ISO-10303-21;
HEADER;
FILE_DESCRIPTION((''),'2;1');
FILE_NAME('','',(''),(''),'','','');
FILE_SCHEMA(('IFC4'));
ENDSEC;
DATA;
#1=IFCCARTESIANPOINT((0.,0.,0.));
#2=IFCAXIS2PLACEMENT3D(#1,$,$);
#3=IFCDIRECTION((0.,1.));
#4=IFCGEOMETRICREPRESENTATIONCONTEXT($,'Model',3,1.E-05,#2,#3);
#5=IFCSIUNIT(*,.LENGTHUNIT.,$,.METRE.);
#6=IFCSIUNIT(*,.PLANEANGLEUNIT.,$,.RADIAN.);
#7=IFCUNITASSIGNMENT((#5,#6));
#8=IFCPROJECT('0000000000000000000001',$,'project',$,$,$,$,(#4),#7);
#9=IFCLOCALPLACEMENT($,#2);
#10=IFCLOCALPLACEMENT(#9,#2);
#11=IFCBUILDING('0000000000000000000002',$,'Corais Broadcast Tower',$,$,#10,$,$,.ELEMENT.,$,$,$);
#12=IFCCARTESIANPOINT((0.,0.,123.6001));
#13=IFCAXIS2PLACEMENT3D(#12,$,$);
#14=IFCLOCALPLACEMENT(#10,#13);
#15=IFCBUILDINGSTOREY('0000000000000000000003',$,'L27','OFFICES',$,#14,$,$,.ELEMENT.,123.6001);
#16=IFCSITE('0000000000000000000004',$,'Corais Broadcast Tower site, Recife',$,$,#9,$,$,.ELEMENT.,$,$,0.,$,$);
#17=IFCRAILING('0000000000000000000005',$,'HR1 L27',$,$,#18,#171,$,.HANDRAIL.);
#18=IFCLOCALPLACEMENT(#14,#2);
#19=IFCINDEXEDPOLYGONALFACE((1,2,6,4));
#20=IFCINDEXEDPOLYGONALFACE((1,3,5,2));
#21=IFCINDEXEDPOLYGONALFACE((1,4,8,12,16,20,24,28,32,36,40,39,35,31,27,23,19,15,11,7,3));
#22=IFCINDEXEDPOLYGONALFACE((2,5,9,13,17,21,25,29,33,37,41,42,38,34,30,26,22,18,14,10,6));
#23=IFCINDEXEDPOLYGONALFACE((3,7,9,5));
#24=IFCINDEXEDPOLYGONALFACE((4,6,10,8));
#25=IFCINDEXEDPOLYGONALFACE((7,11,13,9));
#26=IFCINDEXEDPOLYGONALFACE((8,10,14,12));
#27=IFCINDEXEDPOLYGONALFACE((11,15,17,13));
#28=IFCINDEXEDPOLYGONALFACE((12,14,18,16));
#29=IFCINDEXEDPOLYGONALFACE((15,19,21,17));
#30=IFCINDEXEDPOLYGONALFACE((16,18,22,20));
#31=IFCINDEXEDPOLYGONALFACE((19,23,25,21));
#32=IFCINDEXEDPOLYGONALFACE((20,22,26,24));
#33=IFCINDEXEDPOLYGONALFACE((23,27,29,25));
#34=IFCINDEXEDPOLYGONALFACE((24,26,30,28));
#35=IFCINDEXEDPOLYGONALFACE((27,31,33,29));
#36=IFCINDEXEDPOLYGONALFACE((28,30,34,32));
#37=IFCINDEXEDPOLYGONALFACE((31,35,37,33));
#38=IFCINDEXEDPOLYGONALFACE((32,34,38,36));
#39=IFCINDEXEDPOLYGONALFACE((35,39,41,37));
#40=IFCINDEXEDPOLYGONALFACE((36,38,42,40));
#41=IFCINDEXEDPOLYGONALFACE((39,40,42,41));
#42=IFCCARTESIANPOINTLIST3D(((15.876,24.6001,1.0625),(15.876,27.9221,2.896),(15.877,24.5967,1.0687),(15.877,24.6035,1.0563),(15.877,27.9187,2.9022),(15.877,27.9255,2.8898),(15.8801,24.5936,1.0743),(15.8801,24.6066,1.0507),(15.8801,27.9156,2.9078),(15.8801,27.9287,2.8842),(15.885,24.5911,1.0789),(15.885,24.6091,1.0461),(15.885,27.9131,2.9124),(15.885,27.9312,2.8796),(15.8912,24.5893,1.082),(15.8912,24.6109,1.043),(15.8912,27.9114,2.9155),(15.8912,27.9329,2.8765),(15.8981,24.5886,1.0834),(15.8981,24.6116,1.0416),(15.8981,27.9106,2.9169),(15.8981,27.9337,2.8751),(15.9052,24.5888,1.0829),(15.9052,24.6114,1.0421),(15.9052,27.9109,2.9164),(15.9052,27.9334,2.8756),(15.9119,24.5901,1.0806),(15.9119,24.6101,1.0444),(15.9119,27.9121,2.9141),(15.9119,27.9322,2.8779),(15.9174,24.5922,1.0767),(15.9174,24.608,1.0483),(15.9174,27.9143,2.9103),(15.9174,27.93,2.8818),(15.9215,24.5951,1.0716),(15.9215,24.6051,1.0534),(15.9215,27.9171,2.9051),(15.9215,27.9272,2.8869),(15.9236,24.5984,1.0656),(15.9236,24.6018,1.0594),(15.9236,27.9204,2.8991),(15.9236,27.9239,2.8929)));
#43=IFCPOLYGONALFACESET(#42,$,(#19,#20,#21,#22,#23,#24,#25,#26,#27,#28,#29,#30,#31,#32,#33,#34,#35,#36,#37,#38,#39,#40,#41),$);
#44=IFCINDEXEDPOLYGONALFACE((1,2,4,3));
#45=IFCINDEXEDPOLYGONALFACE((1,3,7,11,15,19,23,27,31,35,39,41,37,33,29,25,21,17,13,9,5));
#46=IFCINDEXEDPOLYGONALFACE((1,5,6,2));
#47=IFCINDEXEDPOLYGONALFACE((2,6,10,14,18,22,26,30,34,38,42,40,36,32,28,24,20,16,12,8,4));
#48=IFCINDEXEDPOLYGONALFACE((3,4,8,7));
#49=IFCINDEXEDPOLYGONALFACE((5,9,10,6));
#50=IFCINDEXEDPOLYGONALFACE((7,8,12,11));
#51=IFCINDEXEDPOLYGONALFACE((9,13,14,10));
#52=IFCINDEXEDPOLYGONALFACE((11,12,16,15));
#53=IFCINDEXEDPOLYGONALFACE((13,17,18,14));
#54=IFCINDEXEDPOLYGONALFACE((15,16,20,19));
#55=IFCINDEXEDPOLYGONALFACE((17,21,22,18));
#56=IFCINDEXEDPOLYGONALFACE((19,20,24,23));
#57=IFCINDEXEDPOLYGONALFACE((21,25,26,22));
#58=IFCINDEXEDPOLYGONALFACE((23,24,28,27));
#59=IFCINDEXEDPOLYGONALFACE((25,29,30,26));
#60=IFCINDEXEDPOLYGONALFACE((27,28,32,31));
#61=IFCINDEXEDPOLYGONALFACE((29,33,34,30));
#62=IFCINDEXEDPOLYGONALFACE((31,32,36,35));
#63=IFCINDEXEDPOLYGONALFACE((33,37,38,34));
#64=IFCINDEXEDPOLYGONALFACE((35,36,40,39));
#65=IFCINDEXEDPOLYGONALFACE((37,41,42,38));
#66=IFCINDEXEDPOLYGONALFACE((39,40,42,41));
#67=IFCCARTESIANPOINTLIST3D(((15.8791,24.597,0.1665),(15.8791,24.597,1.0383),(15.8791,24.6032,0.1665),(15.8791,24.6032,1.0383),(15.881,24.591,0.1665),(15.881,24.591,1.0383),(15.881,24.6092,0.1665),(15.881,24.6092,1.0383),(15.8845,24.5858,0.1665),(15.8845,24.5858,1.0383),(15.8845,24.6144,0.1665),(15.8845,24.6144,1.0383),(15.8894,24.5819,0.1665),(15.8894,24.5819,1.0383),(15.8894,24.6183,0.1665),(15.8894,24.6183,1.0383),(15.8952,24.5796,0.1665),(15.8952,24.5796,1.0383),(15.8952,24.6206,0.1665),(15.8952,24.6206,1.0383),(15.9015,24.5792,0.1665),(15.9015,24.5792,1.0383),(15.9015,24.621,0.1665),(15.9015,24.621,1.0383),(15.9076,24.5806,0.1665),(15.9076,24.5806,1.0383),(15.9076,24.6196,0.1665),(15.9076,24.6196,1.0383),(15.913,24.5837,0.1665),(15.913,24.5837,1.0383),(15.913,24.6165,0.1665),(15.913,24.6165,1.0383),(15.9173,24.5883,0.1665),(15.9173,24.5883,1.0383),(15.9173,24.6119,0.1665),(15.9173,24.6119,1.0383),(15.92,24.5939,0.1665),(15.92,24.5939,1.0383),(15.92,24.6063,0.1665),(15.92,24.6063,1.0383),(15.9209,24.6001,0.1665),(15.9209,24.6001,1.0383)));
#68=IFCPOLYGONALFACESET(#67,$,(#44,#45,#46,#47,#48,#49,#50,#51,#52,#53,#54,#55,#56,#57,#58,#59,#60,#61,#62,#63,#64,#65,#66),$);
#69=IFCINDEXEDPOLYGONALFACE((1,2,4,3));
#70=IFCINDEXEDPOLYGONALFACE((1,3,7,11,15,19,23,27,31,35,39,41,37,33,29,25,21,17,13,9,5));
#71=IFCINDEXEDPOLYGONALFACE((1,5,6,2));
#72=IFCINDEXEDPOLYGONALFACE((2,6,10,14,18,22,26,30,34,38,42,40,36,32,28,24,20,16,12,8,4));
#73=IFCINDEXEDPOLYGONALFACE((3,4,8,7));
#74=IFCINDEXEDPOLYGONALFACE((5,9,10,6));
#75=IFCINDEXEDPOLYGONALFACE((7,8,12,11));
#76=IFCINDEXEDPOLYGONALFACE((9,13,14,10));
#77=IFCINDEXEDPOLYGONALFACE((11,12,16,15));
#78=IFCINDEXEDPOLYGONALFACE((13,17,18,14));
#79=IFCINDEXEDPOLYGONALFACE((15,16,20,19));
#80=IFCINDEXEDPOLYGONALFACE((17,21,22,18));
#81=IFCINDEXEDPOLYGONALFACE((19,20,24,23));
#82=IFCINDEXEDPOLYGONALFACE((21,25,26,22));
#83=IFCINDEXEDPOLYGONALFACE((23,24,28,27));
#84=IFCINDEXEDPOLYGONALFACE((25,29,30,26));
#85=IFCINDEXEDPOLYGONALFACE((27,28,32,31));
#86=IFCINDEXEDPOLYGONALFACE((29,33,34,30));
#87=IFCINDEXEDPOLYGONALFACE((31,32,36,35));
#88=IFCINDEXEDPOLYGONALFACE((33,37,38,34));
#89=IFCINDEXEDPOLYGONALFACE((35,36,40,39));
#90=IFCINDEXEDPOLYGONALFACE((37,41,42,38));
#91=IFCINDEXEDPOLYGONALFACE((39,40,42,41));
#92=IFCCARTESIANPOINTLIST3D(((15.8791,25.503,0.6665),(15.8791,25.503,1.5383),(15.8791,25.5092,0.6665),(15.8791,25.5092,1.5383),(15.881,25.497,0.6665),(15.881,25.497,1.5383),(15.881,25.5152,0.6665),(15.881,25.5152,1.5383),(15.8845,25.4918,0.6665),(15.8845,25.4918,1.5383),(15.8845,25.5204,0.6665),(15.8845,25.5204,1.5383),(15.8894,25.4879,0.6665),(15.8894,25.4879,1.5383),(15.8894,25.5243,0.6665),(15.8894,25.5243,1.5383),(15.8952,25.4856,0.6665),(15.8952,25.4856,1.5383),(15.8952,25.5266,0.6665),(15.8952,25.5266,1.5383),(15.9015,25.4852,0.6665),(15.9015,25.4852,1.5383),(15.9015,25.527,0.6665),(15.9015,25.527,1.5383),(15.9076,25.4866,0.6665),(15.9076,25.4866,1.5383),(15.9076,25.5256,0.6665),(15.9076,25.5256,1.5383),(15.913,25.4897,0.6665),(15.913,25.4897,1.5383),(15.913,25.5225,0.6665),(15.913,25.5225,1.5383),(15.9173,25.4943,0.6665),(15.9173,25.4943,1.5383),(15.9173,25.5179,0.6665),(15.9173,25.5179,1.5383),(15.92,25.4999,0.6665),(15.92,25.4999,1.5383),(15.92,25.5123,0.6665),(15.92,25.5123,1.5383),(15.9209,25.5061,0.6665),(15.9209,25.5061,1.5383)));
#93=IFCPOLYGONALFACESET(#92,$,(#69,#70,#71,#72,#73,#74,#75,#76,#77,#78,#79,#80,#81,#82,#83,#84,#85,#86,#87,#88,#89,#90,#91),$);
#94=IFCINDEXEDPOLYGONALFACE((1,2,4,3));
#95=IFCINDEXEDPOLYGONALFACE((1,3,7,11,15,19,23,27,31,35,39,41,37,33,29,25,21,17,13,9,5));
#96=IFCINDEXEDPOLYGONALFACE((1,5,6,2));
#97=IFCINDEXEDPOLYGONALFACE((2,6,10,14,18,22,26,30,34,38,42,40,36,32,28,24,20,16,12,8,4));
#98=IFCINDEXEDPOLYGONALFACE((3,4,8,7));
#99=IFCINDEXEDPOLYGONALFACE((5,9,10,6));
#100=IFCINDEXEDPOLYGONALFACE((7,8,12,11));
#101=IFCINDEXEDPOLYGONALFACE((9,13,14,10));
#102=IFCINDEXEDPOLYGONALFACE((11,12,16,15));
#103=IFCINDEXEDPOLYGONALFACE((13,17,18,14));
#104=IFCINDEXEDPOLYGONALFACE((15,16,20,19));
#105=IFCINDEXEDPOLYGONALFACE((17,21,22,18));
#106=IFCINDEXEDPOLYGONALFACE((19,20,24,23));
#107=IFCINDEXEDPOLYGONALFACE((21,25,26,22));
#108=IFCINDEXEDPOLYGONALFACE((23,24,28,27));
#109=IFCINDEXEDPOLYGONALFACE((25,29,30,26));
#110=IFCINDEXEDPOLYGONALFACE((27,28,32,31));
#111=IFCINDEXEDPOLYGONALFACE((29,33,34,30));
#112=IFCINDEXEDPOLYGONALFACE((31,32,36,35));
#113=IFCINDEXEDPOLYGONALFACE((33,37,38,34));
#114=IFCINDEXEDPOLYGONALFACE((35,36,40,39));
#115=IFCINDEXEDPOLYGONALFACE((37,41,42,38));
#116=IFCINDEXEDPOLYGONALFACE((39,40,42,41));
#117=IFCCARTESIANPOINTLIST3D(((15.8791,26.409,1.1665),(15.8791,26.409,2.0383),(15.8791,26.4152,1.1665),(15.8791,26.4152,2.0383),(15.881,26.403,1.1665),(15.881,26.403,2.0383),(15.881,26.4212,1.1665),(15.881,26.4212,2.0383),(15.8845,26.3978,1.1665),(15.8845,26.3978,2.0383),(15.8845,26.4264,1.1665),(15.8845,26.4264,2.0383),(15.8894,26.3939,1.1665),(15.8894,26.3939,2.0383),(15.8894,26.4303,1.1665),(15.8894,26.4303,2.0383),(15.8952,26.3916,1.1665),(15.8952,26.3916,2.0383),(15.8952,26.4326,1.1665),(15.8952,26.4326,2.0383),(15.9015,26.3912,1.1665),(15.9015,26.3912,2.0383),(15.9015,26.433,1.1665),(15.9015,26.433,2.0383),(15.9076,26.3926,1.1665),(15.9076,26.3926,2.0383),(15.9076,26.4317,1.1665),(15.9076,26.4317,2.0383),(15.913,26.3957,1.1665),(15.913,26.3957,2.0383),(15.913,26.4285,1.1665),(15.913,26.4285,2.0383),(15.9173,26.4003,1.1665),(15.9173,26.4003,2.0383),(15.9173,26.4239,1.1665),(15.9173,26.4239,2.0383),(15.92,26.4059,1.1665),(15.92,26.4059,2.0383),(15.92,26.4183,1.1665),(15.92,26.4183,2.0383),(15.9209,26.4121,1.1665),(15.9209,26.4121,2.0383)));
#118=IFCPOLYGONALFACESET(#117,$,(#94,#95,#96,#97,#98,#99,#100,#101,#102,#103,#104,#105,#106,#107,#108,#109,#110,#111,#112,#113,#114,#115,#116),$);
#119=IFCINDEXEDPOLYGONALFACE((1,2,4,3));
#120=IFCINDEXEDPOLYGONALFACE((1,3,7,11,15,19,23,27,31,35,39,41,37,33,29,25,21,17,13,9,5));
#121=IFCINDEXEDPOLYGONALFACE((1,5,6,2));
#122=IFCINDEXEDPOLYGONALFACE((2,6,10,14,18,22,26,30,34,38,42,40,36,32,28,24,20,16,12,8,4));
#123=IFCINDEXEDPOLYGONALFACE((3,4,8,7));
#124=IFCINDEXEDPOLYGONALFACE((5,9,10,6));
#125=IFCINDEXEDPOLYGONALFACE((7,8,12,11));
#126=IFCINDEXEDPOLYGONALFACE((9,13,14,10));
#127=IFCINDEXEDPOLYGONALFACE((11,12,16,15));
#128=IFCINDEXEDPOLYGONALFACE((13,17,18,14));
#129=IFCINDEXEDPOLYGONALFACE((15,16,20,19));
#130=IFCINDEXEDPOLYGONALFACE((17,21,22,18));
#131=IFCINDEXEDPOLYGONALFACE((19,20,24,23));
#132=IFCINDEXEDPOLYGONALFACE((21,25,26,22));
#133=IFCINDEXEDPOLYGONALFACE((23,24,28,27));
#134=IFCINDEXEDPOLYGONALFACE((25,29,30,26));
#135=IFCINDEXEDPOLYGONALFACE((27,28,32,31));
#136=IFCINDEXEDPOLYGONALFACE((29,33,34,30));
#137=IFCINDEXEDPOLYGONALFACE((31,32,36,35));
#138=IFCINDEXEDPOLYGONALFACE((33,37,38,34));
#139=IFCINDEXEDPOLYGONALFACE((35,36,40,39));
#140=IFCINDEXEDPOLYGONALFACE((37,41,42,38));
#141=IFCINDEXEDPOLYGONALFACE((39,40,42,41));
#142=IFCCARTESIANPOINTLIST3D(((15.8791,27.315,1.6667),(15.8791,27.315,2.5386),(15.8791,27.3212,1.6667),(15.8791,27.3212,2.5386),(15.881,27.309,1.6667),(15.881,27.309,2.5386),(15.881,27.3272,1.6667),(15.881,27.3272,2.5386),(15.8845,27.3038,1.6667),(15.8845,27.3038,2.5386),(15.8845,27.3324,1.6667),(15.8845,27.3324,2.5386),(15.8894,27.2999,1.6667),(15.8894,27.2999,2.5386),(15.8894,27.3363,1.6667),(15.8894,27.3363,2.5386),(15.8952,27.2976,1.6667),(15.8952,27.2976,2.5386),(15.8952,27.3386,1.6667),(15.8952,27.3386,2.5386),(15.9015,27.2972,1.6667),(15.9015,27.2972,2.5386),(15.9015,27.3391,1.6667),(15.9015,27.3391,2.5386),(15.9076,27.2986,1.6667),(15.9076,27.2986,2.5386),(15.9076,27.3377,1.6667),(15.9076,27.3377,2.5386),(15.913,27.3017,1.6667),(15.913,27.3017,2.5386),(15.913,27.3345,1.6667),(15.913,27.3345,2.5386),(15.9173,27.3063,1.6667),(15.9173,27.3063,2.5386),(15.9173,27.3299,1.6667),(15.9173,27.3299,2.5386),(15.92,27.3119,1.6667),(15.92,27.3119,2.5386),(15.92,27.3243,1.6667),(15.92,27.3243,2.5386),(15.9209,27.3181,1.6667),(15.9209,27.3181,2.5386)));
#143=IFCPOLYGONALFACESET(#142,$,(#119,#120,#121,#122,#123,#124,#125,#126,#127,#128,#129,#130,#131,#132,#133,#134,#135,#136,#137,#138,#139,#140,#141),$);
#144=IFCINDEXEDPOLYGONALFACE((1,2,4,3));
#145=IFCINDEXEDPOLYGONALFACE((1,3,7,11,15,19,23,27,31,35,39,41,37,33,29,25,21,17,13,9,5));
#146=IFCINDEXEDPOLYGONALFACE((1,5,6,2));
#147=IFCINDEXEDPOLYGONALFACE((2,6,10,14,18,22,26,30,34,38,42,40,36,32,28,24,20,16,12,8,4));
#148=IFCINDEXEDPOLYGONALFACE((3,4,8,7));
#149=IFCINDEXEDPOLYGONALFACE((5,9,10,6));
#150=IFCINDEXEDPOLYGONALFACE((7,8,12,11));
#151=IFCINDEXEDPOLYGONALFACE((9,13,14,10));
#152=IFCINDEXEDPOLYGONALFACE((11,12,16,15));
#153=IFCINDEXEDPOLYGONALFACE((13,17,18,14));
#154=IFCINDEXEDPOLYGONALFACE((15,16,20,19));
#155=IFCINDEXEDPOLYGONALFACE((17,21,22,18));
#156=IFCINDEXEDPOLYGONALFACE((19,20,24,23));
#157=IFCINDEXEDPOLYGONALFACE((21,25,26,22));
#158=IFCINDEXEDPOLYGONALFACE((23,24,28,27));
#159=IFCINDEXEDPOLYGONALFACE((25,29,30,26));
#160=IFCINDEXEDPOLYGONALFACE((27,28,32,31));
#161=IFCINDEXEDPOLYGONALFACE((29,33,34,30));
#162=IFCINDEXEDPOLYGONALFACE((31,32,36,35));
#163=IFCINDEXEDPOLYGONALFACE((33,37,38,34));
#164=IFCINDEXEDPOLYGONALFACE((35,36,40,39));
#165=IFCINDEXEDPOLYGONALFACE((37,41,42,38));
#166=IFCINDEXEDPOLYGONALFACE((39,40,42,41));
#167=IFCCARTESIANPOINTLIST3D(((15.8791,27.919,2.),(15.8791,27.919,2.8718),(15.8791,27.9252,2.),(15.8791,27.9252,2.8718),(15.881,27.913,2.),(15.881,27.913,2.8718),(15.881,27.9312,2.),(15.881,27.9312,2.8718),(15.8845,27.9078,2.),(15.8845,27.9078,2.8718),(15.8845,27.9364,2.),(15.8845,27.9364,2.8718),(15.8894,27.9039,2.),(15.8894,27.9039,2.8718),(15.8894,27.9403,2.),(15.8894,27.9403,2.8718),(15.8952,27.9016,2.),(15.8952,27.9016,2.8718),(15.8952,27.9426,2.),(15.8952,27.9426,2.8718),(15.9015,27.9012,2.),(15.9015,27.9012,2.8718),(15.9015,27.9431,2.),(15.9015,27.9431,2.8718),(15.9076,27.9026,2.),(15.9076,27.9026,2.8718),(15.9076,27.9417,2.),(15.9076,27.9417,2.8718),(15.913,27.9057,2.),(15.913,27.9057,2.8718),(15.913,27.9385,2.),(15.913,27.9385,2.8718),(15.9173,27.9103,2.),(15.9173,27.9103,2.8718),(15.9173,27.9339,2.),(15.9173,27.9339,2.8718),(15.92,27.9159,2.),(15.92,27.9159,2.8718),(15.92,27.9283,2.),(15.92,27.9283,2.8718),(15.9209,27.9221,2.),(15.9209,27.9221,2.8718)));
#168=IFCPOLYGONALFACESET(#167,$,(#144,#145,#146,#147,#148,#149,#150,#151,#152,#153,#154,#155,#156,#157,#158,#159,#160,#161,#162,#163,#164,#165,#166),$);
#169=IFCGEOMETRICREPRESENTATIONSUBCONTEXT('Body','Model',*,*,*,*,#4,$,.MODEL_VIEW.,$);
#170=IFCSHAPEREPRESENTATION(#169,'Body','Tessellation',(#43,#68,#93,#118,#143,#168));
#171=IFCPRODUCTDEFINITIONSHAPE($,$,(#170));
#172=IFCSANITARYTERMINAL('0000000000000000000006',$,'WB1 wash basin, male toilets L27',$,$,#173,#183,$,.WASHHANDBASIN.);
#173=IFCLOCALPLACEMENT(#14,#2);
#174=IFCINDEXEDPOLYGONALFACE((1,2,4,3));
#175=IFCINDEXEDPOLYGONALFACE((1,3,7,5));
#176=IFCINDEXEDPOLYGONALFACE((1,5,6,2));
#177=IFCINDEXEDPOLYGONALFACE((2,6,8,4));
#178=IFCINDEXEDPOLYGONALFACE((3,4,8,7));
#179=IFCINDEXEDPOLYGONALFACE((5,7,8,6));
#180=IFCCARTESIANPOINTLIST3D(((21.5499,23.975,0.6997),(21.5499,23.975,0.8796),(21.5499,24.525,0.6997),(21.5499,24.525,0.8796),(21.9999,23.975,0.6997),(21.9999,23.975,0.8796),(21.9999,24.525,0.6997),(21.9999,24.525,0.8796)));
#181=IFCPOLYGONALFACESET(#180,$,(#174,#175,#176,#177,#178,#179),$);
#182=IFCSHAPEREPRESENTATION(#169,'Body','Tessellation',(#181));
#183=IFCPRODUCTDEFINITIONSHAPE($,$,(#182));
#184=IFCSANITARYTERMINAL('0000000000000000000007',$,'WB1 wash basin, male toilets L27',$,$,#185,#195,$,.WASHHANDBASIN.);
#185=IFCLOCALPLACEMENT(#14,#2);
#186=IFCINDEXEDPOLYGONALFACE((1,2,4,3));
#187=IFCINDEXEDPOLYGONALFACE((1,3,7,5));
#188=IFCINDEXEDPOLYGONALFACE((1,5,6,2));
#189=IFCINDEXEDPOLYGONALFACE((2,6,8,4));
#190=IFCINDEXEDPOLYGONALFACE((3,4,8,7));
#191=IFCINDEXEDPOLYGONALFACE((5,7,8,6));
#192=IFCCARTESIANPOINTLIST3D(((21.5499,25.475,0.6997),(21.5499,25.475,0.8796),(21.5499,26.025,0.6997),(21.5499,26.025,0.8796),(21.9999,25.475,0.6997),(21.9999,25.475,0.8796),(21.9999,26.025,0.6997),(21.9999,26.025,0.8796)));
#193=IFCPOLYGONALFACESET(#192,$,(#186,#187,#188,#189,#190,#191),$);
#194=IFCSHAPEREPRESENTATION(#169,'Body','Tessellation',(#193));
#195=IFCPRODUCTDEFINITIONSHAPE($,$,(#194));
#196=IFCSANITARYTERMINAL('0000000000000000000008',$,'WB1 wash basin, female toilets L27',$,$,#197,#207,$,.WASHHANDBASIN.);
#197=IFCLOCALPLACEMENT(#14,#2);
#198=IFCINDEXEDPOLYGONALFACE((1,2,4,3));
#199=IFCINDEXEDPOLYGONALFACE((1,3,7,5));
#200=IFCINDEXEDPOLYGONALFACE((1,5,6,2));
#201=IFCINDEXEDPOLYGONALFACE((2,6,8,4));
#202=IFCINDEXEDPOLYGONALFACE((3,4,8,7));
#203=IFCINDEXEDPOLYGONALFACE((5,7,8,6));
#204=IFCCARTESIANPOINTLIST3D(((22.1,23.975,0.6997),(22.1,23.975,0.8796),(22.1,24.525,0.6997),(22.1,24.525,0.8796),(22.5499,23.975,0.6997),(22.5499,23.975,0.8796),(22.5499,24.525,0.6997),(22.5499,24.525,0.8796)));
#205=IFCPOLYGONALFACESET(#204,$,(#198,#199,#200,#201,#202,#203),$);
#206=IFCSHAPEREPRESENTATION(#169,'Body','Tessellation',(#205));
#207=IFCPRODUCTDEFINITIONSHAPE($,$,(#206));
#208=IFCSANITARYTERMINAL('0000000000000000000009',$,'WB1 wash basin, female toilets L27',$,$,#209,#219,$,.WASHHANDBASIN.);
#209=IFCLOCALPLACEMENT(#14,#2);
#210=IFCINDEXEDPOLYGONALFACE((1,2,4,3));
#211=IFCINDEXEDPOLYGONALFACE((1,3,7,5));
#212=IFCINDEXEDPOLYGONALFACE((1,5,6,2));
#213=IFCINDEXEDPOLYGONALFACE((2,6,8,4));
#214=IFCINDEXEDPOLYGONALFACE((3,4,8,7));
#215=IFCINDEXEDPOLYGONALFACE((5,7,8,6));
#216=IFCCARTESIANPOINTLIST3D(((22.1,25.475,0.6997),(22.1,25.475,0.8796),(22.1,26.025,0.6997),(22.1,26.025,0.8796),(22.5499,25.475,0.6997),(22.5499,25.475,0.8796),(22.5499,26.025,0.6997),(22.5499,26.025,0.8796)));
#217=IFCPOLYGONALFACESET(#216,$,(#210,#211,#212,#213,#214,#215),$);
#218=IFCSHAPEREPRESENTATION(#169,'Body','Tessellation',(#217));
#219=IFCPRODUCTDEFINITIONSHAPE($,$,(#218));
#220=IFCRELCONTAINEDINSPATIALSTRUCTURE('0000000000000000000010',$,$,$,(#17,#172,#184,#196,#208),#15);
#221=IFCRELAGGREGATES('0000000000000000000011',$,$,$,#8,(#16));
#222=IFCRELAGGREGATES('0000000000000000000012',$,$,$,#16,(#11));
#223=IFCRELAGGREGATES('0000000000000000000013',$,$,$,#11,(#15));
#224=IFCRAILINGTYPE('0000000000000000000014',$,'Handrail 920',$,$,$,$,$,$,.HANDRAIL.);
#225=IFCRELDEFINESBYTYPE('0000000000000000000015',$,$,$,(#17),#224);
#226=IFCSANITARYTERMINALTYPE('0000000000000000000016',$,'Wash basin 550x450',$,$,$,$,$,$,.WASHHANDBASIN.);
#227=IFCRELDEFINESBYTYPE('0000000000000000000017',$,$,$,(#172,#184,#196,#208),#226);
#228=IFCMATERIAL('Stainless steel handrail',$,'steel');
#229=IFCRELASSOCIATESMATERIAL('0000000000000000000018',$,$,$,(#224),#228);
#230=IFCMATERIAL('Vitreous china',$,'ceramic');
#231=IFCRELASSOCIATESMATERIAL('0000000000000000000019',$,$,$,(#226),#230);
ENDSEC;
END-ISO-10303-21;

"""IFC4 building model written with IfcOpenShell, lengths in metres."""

from ifc_helpers import new_model, si_unit, direction, frame, origin, origin_2d, place, context, subcontext, project, spatial, rectangle, circle, extrude, material, type_object, element, save


model = new_model("IFC4")

# Units and contexts
model_context = context("Model", 3, precision=1e-05, world=origin(), true_north=direction((0.0, 1.0)))
body_context = subcontext(model_context, "Body", "Model", "MODEL_VIEW")
ifc_project = project(units=[si_unit("LENGTHUNIT", "METRE"), si_unit("PLANEANGLEUNIT", "RADIAN")], contexts=[model_context])

# Site, building, storey
site_placement = place(None, origin())
site = spatial("IfcSite", under=ifc_project, at=site_placement, Name="Corais Broadcast Tower site, Recife", CompositionType="ELEMENT", RefElevation=0.0)
building_placement = place(site_placement, origin())
building = spatial("IfcBuilding", under=site, at=building_placement, Name="Corais Broadcast Tower", CompositionType="ELEMENT")
storey_placement = place(building_placement, frame((0.0, 0.0, 123.6001)))
storey = spatial("IfcBuildingStorey", under=building, at=storey_placement, Name="L27", Description="OFFICES", CompositionType="ELEMENT", Elevation=123.6001)

# Railing
ifc_material_1 = material(Name="Stainless steel handrail", Category="steel")
railing_type = type_object("IfcRailingType", Name="Handrail 920", PredefinedType="HANDRAIL", material=ifc_material_1)
for number, where, name in (
    (1, (15.8999, 24.6001, 0.1665), "HR1 L27"),
):
    element("IfcRailing", number, at=place(storey_placement, frame(where)), inside=storey, type_object=railing_type, Name=name, PredefinedType="HANDRAIL", context=body_context, shape_type="SweptSolid", body=[
        extrude(circle(Radius=0.0239, at=origin_2d()), frame((0.0, 0.0, 0.896), z_axis=(0.0, 0.875504, 0.48321), x_axis=(-1.0, 0.0, 0.0)), (0.0, 0.0, 1.0), 3.7944),
        extrude(circle(Radius=0.021, at=origin_2d()), origin(), (0.0, 0.0, 1.0), 0.8718),
        extrude(circle(Radius=0.021, at=origin_2d()), frame((0.0, 0.906, 0.5)), (0.0, 0.0, 1.0), 0.8718),
        extrude(circle(Radius=0.021, at=origin_2d()), frame((0.0, 1.812, 1.0)), (0.0, 0.0, 1.0), 0.8718),
        extrude(circle(Radius=0.021, at=origin_2d()), frame((0.0, 2.718, 1.5002)), (0.0, 0.0, 1.0), 0.8718),
        extrude(circle(Radius=0.021, at=origin_2d()), frame((0.0, 3.322, 1.8335)), (0.0, 0.0, 1.0), 0.8718),
    ])

# Sanitary terminals
ifc_material_2 = material(Name="Vitreous china", Category="ceramic")
sanitary_terminal_type = type_object("IfcSanitaryTerminalType", Name="Wash basin 550x450", PredefinedType="WASHHANDBASIN", material=ifc_material_2)
for number, where, z_axis, x_axis, name in (
    (2, (21.7749, 24.25, 0.6997), (0.0, 0.0, 1.0), (1.0, 0.0, 0.0), "WB1 wash basin, male toilets L27"),
    (3, (21.7749, 25.75, 0.6997), (0.0, 0.0, 1.0), (1.0, 0.0, 0.0), "WB1 wash basin, male toilets L27"),
    (4, (22.325, 24.25, 0.6997), (0.0, 0.0, 1.0), (1.0, 0.0, 0.0), "WB1 wash basin, female toilets L27"),
    (5, (22.325, 25.75, 0.6997), (0.0, 0.0, 1.0), (1.0, 0.0, 0.0), "WB1 wash basin, female toilets L27"),
):
    element("IfcSanitaryTerminal", number, at=place(storey_placement, frame(where, z_axis=z_axis, x_axis=x_axis)), inside=storey, type_object=sanitary_terminal_type, Name=name, PredefinedType="WASHHANDBASIN", context=body_context, shape_type="SweptSolid", body=[
        extrude(rectangle(XDim=0.45, YDim=0.55, at=origin_2d()), origin(), (0.0, 0.0, 1.0), 0.1799),
    ])

save(model, "model.ifc")
